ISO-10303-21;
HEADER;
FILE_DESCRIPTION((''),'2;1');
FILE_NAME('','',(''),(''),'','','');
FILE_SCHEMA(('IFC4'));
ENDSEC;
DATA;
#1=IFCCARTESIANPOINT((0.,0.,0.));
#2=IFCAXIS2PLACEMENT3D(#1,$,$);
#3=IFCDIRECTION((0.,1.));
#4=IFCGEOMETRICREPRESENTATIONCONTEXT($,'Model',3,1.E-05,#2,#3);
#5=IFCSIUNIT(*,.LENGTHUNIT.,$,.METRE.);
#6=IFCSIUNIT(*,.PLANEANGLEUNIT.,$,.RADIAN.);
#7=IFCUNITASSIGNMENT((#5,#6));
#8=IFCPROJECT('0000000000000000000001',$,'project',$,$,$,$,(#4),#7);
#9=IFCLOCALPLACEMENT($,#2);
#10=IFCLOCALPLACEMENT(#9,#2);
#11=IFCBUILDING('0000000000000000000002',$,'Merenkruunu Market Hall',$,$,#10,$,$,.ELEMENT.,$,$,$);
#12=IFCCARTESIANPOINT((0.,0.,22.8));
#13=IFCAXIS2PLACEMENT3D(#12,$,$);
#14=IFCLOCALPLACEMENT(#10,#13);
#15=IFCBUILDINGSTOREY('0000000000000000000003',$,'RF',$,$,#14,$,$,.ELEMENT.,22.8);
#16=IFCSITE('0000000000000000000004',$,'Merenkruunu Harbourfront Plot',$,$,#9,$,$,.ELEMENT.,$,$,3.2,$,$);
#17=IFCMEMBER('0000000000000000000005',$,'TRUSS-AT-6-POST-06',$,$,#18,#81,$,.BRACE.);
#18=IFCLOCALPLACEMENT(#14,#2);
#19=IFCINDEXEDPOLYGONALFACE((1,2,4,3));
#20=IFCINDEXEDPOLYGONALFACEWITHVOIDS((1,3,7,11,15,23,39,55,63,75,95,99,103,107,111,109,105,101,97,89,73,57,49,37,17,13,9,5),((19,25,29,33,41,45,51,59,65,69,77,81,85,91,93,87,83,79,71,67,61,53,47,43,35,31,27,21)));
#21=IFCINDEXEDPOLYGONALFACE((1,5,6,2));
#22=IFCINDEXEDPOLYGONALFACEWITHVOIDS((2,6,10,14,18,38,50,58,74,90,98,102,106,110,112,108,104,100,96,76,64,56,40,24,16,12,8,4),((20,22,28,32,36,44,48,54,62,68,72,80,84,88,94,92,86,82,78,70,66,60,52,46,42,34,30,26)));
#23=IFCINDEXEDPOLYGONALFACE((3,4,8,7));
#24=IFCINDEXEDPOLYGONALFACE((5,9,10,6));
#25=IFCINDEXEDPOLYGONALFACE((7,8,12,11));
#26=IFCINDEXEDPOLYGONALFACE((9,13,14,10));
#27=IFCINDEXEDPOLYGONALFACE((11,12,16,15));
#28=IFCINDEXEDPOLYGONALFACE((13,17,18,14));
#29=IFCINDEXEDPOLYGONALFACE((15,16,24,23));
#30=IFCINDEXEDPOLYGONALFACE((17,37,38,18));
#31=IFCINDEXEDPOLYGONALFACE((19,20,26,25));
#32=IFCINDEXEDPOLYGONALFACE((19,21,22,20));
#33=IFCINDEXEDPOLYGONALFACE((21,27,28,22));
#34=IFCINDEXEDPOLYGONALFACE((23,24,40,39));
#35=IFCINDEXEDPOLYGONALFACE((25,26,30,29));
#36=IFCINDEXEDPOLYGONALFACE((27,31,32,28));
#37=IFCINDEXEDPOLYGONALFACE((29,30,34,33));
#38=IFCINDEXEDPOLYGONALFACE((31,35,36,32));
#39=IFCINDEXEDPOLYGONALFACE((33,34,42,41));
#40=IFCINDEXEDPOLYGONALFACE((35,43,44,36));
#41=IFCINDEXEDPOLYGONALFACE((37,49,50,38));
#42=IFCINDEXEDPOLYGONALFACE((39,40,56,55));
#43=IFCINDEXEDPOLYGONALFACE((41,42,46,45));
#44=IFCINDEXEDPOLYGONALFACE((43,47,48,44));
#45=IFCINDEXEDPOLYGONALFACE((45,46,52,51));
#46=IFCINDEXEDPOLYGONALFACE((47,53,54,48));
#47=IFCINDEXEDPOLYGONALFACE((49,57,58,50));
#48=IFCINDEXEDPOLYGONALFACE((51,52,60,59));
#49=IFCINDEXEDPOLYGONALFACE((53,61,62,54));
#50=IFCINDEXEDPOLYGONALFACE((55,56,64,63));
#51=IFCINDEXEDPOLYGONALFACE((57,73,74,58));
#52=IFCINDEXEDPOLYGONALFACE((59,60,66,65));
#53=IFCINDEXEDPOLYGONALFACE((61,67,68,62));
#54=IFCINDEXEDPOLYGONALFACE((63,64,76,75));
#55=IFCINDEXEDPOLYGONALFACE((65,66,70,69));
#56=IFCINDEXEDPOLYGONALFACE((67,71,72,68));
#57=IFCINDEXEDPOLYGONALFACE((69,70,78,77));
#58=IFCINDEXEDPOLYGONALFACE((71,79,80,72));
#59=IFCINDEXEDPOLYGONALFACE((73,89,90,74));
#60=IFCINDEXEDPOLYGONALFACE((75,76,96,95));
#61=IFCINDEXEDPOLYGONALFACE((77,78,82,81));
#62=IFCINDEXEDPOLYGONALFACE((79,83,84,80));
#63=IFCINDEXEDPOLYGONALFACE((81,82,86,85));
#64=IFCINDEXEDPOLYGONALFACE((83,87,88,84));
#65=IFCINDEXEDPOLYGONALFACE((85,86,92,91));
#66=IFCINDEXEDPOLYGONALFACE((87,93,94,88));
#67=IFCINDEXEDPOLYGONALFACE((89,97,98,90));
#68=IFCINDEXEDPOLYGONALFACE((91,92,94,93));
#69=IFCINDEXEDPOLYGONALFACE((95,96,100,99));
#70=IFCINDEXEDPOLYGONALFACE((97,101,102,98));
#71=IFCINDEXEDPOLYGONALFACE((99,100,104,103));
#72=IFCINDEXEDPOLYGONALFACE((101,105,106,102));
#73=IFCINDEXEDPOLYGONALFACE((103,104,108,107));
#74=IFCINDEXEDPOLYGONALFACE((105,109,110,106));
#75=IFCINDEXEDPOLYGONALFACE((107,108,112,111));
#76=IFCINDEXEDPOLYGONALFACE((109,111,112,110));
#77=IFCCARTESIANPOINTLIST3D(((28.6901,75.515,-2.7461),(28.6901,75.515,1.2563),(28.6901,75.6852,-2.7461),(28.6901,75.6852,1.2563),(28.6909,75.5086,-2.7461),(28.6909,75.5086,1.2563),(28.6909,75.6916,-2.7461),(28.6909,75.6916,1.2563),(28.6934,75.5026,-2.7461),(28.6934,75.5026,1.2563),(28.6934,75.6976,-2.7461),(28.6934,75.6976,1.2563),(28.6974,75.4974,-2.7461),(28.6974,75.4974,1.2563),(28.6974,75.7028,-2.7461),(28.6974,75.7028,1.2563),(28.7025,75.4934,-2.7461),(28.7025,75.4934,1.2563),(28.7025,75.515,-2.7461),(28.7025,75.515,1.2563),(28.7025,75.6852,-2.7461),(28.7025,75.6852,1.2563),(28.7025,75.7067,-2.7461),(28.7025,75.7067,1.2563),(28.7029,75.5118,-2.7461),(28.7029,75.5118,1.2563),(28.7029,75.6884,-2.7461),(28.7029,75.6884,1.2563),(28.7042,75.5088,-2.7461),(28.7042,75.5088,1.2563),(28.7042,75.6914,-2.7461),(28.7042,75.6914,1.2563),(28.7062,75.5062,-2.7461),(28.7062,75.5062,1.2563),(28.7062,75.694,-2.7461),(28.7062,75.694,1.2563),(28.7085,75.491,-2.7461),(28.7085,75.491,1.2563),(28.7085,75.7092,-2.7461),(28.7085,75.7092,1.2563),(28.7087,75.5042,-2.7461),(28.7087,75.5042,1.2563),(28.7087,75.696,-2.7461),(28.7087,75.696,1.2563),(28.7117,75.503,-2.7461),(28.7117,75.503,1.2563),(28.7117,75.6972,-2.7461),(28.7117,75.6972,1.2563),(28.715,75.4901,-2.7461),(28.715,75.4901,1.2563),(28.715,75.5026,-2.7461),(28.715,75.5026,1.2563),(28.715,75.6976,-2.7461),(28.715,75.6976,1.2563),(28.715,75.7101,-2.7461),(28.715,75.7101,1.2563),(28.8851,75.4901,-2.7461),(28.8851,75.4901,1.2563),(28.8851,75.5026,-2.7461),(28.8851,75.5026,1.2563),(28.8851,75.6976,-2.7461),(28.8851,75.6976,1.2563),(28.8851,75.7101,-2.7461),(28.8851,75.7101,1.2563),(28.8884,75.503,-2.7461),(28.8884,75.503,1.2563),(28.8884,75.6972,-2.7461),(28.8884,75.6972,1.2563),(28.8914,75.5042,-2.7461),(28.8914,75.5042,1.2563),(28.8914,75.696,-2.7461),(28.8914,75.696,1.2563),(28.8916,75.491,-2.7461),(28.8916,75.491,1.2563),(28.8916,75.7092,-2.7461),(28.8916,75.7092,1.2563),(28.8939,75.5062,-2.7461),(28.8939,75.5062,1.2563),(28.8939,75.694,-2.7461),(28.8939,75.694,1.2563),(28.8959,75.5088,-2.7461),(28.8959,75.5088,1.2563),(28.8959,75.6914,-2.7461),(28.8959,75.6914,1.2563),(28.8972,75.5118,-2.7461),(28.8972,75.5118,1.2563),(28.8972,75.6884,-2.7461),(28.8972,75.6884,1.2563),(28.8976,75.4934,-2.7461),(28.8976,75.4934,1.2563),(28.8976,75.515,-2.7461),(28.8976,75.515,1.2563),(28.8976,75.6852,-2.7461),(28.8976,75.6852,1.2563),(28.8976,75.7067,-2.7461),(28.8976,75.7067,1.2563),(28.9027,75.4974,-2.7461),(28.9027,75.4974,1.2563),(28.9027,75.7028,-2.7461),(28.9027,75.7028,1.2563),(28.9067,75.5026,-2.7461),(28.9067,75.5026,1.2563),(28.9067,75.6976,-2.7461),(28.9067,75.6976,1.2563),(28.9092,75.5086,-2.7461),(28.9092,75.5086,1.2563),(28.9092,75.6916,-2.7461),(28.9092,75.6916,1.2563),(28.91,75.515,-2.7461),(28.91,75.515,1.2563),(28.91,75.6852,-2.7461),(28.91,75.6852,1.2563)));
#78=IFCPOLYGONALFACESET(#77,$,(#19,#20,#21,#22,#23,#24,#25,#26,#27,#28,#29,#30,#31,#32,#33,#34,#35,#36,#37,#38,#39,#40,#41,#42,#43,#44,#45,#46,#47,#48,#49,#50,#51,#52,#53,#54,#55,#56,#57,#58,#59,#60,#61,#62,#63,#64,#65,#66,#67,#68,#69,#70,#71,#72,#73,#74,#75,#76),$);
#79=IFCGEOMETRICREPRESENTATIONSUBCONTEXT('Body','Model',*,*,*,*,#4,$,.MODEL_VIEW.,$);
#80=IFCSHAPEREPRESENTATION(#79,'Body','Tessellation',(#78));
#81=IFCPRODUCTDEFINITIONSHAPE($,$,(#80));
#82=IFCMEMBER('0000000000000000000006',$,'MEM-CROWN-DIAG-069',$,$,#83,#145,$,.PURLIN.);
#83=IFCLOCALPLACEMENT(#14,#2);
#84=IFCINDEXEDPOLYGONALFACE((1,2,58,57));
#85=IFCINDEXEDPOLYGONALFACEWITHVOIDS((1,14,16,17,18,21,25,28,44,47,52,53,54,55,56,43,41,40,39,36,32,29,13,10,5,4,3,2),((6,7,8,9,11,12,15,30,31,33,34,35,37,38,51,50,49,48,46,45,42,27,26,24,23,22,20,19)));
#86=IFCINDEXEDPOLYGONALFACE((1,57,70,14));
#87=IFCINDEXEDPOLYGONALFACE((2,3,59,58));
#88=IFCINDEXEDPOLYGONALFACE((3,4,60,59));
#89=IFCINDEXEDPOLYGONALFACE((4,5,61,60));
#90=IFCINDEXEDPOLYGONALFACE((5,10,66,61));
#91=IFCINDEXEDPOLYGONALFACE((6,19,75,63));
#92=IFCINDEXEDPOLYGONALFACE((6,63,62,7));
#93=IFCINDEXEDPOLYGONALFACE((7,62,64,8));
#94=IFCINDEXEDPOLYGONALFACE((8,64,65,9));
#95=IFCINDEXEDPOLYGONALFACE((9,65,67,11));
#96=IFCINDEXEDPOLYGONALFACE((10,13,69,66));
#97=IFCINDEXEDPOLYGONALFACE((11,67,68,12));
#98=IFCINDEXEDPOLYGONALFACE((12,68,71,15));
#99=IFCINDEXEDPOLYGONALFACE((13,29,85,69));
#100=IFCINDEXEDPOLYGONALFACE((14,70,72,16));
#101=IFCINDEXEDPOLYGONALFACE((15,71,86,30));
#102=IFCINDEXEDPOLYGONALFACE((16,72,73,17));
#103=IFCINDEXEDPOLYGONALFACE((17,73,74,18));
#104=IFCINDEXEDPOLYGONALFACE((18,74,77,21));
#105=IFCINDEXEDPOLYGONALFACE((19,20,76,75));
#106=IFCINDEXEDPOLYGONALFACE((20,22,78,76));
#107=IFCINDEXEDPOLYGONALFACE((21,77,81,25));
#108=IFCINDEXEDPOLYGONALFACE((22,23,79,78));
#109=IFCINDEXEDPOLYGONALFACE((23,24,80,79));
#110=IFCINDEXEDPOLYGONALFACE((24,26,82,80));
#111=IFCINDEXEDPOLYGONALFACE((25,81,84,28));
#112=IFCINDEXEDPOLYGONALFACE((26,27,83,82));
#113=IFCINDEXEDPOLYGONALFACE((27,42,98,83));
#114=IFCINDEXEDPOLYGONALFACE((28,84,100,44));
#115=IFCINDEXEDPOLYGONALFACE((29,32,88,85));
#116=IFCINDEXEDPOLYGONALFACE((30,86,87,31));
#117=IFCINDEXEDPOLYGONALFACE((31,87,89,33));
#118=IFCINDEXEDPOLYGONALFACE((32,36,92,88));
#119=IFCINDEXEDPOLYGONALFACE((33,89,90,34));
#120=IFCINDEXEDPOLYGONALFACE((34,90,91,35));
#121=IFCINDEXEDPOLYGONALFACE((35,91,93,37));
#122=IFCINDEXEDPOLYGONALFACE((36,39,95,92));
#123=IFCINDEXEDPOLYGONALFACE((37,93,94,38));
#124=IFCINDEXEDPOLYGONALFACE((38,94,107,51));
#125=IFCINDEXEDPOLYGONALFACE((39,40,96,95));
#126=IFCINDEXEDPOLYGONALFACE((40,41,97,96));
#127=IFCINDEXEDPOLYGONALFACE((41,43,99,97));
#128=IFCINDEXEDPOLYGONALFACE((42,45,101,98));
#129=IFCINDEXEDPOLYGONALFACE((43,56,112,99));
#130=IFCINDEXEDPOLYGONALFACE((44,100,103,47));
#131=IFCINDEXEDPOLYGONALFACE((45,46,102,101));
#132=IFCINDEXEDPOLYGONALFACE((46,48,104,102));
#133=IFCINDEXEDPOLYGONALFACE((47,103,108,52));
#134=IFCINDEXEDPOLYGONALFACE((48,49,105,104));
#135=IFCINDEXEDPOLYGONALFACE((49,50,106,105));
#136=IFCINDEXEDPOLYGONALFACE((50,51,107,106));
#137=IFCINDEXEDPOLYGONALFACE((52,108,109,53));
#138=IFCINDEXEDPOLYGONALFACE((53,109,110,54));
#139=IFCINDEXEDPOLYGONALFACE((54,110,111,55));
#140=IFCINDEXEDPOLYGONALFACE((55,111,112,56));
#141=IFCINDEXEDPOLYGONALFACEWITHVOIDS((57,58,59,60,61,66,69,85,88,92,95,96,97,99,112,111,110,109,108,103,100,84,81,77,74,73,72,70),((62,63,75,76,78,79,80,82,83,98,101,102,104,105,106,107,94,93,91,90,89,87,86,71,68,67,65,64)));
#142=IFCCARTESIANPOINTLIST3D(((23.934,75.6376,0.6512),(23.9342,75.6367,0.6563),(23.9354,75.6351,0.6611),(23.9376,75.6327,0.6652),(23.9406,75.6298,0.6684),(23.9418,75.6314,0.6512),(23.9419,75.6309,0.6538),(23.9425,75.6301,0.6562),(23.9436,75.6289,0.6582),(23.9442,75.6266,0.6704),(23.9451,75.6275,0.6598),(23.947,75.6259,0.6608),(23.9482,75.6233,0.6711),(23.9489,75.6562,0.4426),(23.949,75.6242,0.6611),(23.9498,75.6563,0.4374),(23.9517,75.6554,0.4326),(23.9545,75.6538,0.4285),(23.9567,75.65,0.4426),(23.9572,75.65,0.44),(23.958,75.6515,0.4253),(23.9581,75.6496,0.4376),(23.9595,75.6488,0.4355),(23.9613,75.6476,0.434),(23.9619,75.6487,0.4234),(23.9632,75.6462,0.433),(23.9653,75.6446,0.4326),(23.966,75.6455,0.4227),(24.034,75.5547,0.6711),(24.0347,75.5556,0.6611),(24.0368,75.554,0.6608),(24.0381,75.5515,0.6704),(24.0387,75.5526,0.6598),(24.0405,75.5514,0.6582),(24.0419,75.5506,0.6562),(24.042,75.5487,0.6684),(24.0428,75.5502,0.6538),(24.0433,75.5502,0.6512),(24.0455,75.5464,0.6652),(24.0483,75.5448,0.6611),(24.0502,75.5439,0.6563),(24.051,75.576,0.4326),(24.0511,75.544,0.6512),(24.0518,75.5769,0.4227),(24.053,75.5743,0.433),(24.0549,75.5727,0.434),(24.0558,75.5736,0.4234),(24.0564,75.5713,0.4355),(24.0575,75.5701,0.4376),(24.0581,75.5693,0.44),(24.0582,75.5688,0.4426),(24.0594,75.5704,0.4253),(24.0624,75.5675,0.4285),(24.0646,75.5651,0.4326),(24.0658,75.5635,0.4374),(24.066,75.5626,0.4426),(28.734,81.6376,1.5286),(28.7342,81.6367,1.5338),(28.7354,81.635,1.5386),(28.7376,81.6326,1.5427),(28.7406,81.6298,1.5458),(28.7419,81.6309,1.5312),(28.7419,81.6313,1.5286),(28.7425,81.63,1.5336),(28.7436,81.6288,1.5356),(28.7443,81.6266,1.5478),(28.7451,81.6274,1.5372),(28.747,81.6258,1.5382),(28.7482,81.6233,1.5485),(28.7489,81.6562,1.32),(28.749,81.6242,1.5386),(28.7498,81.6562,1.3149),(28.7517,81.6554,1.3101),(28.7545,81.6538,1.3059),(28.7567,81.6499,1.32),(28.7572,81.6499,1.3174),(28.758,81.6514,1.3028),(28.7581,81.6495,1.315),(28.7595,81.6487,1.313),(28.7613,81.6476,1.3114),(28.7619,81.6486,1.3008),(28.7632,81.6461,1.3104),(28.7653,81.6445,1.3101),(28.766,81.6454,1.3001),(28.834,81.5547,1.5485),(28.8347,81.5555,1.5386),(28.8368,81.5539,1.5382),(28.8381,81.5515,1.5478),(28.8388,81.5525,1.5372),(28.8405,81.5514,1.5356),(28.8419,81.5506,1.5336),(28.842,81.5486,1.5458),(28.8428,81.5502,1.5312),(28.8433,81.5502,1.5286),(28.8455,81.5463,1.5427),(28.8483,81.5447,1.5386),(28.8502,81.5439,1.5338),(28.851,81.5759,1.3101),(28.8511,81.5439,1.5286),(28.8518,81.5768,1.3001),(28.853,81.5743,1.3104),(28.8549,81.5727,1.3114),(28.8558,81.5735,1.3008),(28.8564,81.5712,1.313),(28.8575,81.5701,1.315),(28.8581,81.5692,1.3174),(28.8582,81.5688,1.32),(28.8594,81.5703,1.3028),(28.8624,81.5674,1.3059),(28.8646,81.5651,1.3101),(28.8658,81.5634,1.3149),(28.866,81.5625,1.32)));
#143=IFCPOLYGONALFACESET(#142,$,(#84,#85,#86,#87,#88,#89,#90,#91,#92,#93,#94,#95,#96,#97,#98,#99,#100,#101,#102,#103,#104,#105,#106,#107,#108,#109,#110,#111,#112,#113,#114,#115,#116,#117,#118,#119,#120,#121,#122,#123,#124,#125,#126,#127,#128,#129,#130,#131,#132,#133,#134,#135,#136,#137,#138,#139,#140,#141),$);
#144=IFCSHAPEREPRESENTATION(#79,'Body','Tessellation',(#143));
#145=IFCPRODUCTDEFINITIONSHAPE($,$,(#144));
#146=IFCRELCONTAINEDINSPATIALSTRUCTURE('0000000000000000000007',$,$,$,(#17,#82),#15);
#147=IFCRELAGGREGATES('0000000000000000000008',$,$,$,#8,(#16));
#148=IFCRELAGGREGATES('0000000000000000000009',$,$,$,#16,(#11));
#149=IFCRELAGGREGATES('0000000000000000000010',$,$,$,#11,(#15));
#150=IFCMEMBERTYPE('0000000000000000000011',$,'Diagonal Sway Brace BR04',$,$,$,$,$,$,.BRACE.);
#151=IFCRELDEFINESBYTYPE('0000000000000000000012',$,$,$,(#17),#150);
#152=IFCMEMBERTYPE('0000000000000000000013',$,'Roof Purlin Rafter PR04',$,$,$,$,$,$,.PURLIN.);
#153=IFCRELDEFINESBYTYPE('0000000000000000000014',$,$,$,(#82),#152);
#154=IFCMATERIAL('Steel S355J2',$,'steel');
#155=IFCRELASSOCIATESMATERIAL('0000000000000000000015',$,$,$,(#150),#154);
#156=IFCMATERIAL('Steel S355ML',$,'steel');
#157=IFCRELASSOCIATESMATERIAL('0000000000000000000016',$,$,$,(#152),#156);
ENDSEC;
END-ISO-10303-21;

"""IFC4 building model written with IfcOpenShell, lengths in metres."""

from ifc_helpers import new_model, si_unit, direction, frame, origin, origin_2d, place, context, subcontext, project, spatial, hollow_rectangle, extrude, material, material_profile, profile_set, type_object, element, save


model = new_model("IFC4")

# Units and contexts
model_context = context("Model", 3, precision=1e-05, world=origin(), true_north=direction((0.0, 1.0)))
body_context = subcontext(model_context, "Body", "Model", "MODEL_VIEW")
ifc_project = project(units=[si_unit("LENGTHUNIT", "METRE"), si_unit("PLANEANGLEUNIT", "RADIAN")], contexts=[model_context])

# Site, building, storey
site_placement = place(None, origin())
site = spatial("IfcSite", under=ifc_project, at=site_placement, Name="Merenkruunu Harbourfront Plot", CompositionType="ELEMENT", RefElevation=3.2)
building_placement = place(site_placement, origin())
building = spatial("IfcBuilding", under=site, at=building_placement, Name="Merenkruunu Market Hall", CompositionType="ELEMENT")
storey_placement = place(building_placement, frame((0.0, 0.0, 22.8)))
storey = spatial("IfcBuildingStorey", under=building, at=storey_placement, Name="RF", CompositionType="ELEMENT", Elevation=22.8)

# Members
ifc_material_1 = material(Name="Steel S355ML", Category="steel")
ifc_material_2 = material(Name="Steel S355J2", Category="steel")
ifc_material_profile_1 = material_profile(ifc_material_2, hollow_rectangle(XDim=0.22, YDim=0.22, WallThickness=0.0125, InnerFilletRadius=0.0125, OuterFilletRadius=0.0249, at=origin_2d()), Name="SHS 220x220x12.5")
ifc_profile_set_1 = profile_set([ifc_material_profile_1], Name="Steel S355J2")
member_type_1 = type_object("IfcMemberType", Name="Diagonal Sway Brace BR04", PredefinedType="BRACE", material=ifc_profile_set_1)
member_1_placement = place(storey_placement, frame((28.8, 75.6001, -2.7461), z_axis=(0.0, 0.0, 1.0), x_axis=(1.0, 0.0, 0.0)))
element("IfcMember", 1, at=member_1_placement, inside=storey, type_object=member_type_1, Name="TRUSS-AT-6-POST-06", PredefinedType="BRACE", context=body_context, shape_type="SweptSolid", body=[
    extrude(hollow_rectangle(XDim=0.22, YDim=0.22, WallThickness=0.0125, InnerFilletRadius=0.0125, OuterFilletRadius=0.0249, at=origin_2d()), origin(), (0.0, 0.0, 1.0), 4.0024),
])
ifc_material_profile_2 = material_profile(ifc_material_1, hollow_rectangle(XDim=0.1499, YDim=0.25, WallThickness=0.01, InnerFilletRadius=0.01, OuterFilletRadius=0.02, at=origin_2d()), Name="RHS 250x150x10")
ifc_profile_set_2 = profile_set([ifc_material_profile_2], Name="Steel S355ML")
member_type_2 = type_object("IfcMemberType", Name="Roof Purlin Rafter PR04", PredefinedType="PURLIN", material=ifc_profile_set_2)
for number, where, z_axis, x_axis, name in (
    (2, (24.0, 75.6001, 0.5469), (0.620665, 0.775824, 0.113457), (-0.780866, 0.624699, 0.0), "MEM-CROWN-DIAG-069"),
):
    element("IfcMember", number, at=place(storey_placement, frame(where, z_axis=z_axis, x_axis=x_axis)), inside=storey, type_object=member_type_2, Name=name, PredefinedType="PURLIN", context=body_context, shape_type="SweptSolid", body=[
        extrude(hollow_rectangle(XDim=0.1499, YDim=0.25, WallThickness=0.01, InnerFilletRadius=0.01, OuterFilletRadius=0.02, at=origin_2d()), origin(), (0.0, 0.0, 1.0), 7.7336),
    ])

save(model, "model.ifc")
